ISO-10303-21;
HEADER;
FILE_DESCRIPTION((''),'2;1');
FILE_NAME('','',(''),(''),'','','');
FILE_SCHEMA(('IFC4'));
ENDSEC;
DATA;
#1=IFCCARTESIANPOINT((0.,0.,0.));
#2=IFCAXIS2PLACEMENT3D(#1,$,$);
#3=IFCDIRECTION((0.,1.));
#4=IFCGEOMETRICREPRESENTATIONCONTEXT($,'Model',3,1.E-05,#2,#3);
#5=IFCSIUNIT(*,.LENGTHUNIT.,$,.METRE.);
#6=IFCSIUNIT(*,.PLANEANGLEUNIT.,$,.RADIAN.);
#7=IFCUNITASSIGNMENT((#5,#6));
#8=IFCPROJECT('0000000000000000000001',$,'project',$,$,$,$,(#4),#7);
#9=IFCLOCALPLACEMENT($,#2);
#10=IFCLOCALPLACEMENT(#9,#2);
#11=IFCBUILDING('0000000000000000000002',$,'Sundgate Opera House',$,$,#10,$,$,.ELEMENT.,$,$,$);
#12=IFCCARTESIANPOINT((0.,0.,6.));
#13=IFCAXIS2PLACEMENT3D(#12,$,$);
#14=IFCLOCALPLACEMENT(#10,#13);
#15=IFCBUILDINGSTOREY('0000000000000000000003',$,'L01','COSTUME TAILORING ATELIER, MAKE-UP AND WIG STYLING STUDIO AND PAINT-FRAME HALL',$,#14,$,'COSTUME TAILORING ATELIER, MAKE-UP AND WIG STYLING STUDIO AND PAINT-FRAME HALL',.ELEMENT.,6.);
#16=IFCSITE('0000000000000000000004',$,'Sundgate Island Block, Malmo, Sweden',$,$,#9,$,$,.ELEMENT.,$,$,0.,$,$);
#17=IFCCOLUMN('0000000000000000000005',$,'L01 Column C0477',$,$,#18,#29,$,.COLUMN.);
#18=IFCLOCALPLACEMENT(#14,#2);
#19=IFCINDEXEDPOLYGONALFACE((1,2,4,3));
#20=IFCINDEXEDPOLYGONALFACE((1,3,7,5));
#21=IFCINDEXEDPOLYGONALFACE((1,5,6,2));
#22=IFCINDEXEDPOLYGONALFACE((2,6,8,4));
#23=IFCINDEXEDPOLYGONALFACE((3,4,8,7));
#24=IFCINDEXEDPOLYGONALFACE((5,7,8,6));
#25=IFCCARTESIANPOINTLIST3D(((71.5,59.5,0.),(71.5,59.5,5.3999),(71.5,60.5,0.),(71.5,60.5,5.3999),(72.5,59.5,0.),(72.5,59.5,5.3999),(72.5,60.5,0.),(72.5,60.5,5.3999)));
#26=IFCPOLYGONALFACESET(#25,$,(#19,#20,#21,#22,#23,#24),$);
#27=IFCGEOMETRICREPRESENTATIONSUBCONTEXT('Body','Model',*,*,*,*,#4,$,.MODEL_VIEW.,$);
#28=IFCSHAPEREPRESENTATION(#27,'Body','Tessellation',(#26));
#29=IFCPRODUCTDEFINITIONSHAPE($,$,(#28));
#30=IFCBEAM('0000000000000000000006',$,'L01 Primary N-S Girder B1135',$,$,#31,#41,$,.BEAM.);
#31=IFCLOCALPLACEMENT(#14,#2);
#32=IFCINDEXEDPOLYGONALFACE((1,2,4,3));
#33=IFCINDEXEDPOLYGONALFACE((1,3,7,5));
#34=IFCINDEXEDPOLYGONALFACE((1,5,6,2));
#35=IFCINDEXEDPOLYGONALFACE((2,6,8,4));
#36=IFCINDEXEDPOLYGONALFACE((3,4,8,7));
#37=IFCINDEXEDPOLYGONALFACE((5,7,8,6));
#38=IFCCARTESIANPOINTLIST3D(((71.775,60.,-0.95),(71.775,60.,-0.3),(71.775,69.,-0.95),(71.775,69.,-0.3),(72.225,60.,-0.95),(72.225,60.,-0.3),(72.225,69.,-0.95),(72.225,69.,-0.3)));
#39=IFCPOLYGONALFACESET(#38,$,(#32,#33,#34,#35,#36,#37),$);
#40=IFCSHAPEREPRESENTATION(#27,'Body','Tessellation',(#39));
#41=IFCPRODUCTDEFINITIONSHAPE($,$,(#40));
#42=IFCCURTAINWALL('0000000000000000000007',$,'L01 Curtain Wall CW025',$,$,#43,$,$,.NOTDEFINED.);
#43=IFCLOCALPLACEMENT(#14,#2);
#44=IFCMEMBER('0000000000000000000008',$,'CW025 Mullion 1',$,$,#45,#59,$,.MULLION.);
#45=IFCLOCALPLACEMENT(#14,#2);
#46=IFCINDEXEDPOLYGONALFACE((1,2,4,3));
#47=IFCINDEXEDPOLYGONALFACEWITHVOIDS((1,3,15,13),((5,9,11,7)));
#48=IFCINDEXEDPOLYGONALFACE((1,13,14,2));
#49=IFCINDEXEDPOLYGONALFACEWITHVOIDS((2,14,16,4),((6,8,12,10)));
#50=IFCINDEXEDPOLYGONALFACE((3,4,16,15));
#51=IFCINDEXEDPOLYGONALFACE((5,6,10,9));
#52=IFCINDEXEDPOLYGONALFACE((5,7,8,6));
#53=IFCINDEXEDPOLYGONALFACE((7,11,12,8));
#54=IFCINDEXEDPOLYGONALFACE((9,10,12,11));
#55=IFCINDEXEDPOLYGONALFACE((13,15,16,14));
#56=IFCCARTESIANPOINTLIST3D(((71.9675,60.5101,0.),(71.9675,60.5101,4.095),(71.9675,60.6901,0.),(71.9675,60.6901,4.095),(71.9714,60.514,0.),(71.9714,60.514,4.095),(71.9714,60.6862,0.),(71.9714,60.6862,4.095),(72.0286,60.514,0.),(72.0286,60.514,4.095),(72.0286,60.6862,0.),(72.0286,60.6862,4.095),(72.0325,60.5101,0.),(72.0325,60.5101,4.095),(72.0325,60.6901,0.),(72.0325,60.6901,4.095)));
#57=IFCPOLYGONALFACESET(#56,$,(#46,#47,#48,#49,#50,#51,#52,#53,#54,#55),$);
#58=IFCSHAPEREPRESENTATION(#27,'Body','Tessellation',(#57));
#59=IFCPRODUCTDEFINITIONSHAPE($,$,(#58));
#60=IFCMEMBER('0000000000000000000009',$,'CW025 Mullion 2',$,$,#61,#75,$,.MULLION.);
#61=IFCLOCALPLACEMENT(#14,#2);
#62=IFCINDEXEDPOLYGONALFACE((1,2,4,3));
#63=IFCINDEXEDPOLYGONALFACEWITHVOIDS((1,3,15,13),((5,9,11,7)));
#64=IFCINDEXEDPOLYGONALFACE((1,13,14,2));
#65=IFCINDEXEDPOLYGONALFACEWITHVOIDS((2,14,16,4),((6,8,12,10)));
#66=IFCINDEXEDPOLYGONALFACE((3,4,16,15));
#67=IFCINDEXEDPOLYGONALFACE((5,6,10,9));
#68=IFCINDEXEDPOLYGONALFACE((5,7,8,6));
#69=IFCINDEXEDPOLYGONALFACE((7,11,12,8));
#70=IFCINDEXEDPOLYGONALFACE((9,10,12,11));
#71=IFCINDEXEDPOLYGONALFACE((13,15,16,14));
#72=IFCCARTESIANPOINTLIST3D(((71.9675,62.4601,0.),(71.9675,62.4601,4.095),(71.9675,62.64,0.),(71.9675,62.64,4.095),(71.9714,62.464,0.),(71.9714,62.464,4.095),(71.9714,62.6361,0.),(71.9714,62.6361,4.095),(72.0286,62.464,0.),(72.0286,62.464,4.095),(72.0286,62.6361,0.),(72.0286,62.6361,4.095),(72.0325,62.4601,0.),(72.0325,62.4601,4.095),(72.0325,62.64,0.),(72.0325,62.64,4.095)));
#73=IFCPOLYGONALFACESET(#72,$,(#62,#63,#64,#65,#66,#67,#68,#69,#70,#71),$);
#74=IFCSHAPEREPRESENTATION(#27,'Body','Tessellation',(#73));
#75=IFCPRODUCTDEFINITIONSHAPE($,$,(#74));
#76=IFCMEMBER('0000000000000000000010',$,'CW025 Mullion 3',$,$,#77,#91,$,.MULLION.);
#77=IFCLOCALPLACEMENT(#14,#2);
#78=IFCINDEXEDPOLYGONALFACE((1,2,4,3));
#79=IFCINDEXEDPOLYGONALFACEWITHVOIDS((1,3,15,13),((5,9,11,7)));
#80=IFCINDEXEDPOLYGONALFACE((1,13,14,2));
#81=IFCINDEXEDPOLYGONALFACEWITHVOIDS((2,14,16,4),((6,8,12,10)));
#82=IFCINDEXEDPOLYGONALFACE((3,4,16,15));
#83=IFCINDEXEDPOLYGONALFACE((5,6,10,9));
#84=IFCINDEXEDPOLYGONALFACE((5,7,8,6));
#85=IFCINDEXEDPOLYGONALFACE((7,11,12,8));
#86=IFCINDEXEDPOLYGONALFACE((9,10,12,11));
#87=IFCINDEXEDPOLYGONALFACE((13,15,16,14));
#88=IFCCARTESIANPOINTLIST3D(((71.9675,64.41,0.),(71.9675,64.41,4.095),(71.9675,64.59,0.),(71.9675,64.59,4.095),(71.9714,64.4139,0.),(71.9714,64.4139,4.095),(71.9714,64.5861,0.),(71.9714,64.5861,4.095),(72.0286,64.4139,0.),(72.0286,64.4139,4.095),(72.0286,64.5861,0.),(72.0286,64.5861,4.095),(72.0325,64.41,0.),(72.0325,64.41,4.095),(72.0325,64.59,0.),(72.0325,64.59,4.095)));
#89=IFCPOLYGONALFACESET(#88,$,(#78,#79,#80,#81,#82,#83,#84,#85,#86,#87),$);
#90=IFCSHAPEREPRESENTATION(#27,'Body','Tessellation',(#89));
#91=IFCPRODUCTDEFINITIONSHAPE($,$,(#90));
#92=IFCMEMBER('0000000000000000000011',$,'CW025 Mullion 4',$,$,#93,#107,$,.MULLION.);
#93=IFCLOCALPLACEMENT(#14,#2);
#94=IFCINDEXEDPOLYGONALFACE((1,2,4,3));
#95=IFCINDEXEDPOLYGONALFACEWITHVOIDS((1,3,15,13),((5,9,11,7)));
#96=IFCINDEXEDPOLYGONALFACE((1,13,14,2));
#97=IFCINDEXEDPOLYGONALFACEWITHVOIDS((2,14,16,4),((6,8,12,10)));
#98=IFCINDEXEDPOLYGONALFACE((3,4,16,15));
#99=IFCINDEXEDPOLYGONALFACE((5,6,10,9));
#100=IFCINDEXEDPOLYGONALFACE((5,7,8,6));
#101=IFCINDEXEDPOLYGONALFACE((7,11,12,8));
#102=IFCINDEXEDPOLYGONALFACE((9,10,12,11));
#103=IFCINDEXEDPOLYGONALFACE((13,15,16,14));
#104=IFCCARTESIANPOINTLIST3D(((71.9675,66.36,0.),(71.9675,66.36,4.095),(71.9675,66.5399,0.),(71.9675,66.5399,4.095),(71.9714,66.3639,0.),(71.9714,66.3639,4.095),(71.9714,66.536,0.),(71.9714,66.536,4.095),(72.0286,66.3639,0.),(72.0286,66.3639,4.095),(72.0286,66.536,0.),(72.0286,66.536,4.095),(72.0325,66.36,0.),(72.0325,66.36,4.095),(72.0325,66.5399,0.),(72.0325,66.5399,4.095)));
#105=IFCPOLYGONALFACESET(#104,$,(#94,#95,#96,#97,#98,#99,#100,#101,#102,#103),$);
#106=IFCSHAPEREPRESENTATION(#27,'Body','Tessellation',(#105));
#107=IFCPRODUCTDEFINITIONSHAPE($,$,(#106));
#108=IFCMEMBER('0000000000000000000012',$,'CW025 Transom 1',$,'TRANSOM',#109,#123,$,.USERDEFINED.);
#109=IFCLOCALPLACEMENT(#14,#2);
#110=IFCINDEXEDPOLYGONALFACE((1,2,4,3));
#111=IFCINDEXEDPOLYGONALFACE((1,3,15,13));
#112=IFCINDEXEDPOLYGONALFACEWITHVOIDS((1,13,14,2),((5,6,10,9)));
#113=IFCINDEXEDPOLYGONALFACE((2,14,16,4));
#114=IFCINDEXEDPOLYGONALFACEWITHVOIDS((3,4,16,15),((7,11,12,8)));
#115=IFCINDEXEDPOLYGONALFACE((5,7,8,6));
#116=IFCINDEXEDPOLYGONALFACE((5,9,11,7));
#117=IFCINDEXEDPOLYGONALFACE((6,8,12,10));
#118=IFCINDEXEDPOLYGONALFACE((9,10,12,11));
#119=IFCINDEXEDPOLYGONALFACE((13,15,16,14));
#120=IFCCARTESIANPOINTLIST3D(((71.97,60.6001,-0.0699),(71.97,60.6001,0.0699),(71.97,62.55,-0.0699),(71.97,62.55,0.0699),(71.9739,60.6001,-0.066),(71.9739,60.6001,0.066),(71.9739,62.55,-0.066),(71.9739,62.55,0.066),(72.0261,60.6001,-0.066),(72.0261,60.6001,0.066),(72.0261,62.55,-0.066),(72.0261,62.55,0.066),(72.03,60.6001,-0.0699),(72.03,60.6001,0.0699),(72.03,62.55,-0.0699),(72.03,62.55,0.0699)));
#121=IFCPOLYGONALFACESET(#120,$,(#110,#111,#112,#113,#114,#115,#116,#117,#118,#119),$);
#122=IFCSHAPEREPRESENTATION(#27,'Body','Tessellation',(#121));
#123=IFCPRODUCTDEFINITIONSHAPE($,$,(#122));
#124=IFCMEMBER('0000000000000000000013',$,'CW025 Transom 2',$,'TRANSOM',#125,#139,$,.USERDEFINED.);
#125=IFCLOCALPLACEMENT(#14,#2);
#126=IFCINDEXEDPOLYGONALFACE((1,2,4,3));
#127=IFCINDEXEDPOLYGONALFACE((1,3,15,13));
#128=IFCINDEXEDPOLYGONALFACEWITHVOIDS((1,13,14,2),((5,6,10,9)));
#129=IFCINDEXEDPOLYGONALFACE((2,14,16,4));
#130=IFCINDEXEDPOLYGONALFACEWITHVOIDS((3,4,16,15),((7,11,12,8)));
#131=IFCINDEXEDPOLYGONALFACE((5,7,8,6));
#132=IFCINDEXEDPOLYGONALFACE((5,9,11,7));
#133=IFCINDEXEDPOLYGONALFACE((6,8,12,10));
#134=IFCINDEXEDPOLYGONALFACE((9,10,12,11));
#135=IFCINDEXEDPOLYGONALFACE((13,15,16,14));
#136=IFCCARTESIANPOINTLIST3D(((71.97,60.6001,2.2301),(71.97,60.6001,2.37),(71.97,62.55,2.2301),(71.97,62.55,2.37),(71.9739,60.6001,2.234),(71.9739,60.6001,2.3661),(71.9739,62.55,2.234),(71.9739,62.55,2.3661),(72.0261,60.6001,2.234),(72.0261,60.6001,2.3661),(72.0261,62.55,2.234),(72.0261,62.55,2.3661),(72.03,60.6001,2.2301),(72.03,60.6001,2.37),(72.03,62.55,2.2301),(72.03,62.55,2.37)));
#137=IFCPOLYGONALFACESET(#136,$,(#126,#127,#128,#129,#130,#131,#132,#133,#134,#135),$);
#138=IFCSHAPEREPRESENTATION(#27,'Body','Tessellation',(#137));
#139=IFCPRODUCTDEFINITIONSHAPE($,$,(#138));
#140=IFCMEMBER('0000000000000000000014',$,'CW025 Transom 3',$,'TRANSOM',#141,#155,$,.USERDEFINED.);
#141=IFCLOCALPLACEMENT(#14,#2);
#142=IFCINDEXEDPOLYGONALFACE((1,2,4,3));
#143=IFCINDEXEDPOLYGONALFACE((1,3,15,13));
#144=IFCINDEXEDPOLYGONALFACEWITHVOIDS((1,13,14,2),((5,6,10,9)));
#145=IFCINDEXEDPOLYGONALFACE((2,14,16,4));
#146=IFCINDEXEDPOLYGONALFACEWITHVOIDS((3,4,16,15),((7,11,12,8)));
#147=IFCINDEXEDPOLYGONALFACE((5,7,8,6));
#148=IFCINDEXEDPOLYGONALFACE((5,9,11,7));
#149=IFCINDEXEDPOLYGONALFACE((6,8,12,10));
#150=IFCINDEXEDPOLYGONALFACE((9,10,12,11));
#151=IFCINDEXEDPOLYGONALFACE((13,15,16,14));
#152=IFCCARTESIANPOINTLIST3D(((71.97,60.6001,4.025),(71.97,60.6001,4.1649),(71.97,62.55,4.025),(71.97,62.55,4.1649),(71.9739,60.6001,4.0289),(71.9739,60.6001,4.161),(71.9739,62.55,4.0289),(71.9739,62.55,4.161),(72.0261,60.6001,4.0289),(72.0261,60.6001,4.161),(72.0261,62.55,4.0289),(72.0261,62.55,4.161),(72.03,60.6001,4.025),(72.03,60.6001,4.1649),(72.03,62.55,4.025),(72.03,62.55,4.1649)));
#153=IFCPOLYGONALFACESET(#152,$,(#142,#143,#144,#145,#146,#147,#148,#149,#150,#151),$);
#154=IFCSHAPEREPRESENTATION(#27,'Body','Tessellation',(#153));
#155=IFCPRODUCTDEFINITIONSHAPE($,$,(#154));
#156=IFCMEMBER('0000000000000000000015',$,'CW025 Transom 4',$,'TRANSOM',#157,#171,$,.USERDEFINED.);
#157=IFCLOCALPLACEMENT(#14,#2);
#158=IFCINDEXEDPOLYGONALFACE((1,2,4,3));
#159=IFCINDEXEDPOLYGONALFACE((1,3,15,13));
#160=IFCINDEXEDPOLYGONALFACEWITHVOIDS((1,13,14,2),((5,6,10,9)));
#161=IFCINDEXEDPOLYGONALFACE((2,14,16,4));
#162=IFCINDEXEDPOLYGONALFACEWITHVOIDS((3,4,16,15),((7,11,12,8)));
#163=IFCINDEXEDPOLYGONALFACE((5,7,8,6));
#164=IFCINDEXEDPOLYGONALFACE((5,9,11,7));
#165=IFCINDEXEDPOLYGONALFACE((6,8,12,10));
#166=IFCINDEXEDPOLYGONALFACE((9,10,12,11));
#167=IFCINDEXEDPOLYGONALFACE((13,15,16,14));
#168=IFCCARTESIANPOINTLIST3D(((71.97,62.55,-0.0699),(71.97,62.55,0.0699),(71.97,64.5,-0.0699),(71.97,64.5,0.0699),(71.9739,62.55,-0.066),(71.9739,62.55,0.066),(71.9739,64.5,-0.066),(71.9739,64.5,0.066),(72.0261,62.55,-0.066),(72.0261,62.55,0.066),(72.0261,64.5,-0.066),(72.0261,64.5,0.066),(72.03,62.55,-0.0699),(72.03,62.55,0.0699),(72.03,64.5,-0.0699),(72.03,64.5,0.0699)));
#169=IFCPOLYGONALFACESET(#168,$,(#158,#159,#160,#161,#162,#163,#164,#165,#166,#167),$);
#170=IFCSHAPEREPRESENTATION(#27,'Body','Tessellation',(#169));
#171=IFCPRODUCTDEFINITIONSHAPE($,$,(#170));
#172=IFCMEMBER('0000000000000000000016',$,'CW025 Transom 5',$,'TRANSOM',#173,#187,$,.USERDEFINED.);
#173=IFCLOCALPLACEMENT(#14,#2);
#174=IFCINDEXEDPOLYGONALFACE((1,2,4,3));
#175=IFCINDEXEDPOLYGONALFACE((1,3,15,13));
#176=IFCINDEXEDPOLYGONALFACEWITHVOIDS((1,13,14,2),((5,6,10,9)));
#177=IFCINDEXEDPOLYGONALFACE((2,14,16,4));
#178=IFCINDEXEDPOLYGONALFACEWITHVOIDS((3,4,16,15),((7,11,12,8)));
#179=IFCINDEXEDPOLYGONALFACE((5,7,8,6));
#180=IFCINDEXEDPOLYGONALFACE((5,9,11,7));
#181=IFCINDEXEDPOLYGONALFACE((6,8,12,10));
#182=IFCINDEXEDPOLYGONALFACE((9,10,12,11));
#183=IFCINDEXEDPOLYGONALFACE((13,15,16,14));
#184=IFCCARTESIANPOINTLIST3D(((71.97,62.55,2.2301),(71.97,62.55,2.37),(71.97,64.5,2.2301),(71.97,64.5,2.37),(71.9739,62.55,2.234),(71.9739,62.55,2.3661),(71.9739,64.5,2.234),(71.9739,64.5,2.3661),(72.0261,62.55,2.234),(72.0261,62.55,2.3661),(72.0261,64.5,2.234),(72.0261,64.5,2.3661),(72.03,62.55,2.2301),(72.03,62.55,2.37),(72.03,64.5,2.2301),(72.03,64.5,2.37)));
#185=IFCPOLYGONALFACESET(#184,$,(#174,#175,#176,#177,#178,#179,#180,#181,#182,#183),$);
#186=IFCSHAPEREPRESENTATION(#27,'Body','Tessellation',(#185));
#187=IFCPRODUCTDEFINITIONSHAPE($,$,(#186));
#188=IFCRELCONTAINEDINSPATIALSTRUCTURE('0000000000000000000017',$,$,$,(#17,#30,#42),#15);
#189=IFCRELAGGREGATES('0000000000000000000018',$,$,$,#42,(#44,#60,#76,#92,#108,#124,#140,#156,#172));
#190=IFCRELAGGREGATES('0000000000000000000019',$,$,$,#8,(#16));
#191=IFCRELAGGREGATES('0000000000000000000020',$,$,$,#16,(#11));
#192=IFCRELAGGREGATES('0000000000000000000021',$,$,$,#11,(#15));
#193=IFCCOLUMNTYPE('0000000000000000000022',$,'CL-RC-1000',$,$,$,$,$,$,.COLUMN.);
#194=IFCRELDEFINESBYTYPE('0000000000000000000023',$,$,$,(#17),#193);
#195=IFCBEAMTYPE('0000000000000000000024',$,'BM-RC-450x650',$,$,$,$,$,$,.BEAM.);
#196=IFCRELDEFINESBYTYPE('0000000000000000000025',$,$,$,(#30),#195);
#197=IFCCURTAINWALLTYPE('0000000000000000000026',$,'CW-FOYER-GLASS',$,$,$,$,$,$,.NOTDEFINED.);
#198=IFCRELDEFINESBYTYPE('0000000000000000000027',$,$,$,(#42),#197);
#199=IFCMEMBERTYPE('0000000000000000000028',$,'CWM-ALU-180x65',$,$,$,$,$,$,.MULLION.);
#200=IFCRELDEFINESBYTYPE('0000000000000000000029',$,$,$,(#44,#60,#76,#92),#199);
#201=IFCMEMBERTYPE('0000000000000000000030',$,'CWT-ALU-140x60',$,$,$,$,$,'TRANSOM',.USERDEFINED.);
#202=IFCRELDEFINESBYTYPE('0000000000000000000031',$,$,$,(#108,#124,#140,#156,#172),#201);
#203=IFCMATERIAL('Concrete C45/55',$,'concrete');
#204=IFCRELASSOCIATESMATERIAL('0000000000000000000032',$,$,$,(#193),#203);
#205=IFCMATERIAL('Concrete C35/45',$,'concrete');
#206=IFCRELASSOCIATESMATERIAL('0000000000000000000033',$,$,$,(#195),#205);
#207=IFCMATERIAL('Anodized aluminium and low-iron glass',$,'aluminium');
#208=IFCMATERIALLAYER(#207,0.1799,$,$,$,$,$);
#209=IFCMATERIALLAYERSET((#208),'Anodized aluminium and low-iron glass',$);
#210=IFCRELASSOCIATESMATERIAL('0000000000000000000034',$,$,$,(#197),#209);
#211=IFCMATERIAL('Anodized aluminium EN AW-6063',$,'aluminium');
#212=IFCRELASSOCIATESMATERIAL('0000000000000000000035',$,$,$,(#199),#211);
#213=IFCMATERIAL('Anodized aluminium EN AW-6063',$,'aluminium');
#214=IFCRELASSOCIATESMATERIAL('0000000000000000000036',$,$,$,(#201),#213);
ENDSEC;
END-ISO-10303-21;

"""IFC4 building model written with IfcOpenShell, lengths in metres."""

from ifc_helpers import new_model, si_unit, direction, frame, origin, origin_2d, place, context, subcontext, project, spatial, rectangle, hollow_rectangle, extrude, material, layer, layer_set, material_profile, profile_set, type_object, element, aggregate, save


model = new_model("IFC4")

# Units and contexts
model_context = context("Model", 3, precision=1e-05, world=origin(), true_north=direction((0.0, 1.0)))
body_context = subcontext(model_context, "Body", "Model", "MODEL_VIEW")
ifc_project = project(units=[si_unit("LENGTHUNIT", "METRE"), si_unit("PLANEANGLEUNIT", "RADIAN")], contexts=[model_context])

# Site, building, storey
site_placement = place(None, origin())
site = spatial("IfcSite", under=ifc_project, at=site_placement, Name="Sundgate Island Block, Malmo, Sweden", CompositionType="ELEMENT", RefElevation=0.0)
building_placement = place(site_placement, origin())
building = spatial("IfcBuilding", under=site, at=building_placement, Name="Sundgate Opera House", CompositionType="ELEMENT")
storey_placement = place(building_placement, frame((0.0, 0.0, 6.0)))
storey = spatial("IfcBuildingStorey", under=building, at=storey_placement, Name="L01", Description="COSTUME TAILORING ATELIER, MAKE-UP AND WIG STYLING STUDIO AND PAINT-FRAME HALL", LongName="COSTUME TAILORING ATELIER, MAKE-UP AND WIG STYLING STUDIO AND PAINT-FRAME HALL", CompositionType="ELEMENT", Elevation=6.0)

# Column
ifc_material_1 = material(Name="Concrete C45/55", Category="concrete")
ifc_material_profile_1 = material_profile(ifc_material_1, rectangle(XDim=1.0, YDim=1.0, at=origin_2d()), Name="RC 1000x1000")
ifc_profile_set_1 = profile_set([ifc_material_profile_1], Name="Concrete C45/55")
column_type = type_object("IfcColumnType", Name="CL-RC-1000", PredefinedType="COLUMN", material=ifc_profile_set_1)
column_placement = place(storey_placement, frame((72.0, 60.0, 0.0), z_axis=(0.0, 0.0, 1.0), x_axis=(1.0, 0.0, 0.0)))
element("IfcColumn", 1, at=column_placement, inside=storey, type_object=column_type, Name="L01 Column C0477", PredefinedType="COLUMN", context=body_context, shape_type="SweptSolid", body=[
    extrude(rectangle(XDim=1.0, YDim=1.0, at=origin_2d()), origin(), (0.0, 0.0, 1.0), 5.3999),
])

# Beam
ifc_material_2 = material(Name="Concrete C35/45", Category="concrete")
ifc_material_profile_2 = material_profile(ifc_material_2, rectangle(XDim=0.45, YDim=0.6499, at=origin_2d()), Name="RC 450x650")
ifc_profile_set_2 = profile_set([ifc_material_profile_2], Name="Concrete C35/45")
beam_type = type_object("IfcBeamType", Name="BM-RC-450x650", PredefinedType="BEAM", material=ifc_profile_set_2)
beam_placement = place(storey_placement, frame((72.0, 60.0, -0.625), z_axis=(0.0, 1.0, 0.0), x_axis=(-1.0, 0.0, 0.0)))
element("IfcBeam", 2, at=beam_placement, inside=storey, type_object=beam_type, Name="L01 Primary N-S Girder B1135", PredefinedType="BEAM", context=body_context, shape_type="SweptSolid", body=[
    extrude(rectangle(XDim=0.45, YDim=0.6499, at=origin_2d()), origin(), (0.0, 0.0, 1.0), 9.0),
])

# Curtain wall, members
ifc_material_3 = material(Name="Anodized aluminium and low-iron glass", Category="aluminium")
ifc_layer_1 = layer(ifc_material_3, 0.1799)
ifc_layer_set_1 = layer_set([ifc_layer_1], Name="Anodized aluminium and low-iron glass")
curtain_wall_type = type_object("IfcCurtainWallType", Name="CW-FOYER-GLASS", PredefinedType="NOTDEFINED", material=ifc_layer_set_1)
curtain_wall_placement = place(storey_placement, origin())
curtain_wall = element("IfcCurtainWall", 3, at=curtain_wall_placement, inside=storey, type_object=curtain_wall_type, Name="L01 Curtain Wall CW025", PredefinedType="NOTDEFINED")
ifc_material_4 = material(Name="Anodized aluminium EN AW-6063", Category="aluminium")
ifc_material_profile_3 = material_profile(ifc_material_4, hollow_rectangle(XDim=0.0649, YDim=0.1799, WallThickness=0.0039, at=origin_2d()), Name="CWM 180x65x4")
ifc_profile_set_3 = profile_set([ifc_material_profile_3], Name="Anodized aluminium EN AW-6063")
member_type_1 = type_object("IfcMemberType", Name="CWM-ALU-180x65", PredefinedType="MULLION", material=ifc_profile_set_3)
member_1_placement = place(storey_placement, frame((72.0, 60.6001, 0.0), z_axis=(0.0, 0.0, 1.0), x_axis=(1.0, 0.0, 0.0)))
member_1 = element("IfcMember", 4, at=member_1_placement, type_object=member_type_1, Name="CW025 Mullion 1", PredefinedType="MULLION", context=body_context, shape_type="SweptSolid", body=[
    extrude(hollow_rectangle(XDim=0.0649, YDim=0.1799, WallThickness=0.0039, at=origin_2d()), origin(), (0.0, 0.0, 1.0), 4.095),
])
member_2_placement = place(storey_placement, frame((72.0, 62.55, 0.0), z_axis=(0.0, 0.0, 1.0), x_axis=(1.0, 0.0, 0.0)))
member_2 = element("IfcMember", 5, at=member_2_placement, type_object=member_type_1, Name="CW025 Mullion 2", PredefinedType="MULLION", context=body_context, shape_type="SweptSolid", body=[
    extrude(hollow_rectangle(XDim=0.0649, YDim=0.1799, WallThickness=0.0039, at=origin_2d()), origin(), (0.0, 0.0, 1.0), 4.095),
])
member_3_placement = place(storey_placement, frame((72.0, 64.5, 0.0), z_axis=(0.0, 0.0, 1.0), x_axis=(1.0, 0.0, 0.0)))
member_3 = element("IfcMember", 6, at=member_3_placement, type_object=member_type_1, Name="CW025 Mullion 3", PredefinedType="MULLION", context=body_context, shape_type="SweptSolid", body=[
    extrude(hollow_rectangle(XDim=0.0649, YDim=0.1799, WallThickness=0.0039, at=origin_2d()), origin(), (0.0, 0.0, 1.0), 4.095),
])
member_4_placement = place(storey_placement, frame((72.0, 66.45, 0.0), z_axis=(0.0, 0.0, 1.0), x_axis=(1.0, 0.0, 0.0)))
member_4 = element("IfcMember", 7, at=member_4_placement, type_object=member_type_1, Name="CW025 Mullion 4", PredefinedType="MULLION", context=body_context, shape_type="SweptSolid", body=[
    extrude(hollow_rectangle(XDim=0.0649, YDim=0.1799, WallThickness=0.0039, at=origin_2d()), origin(), (0.0, 0.0, 1.0), 4.095),
])
ifc_material_5 = material(Name="Anodized aluminium EN AW-6063", Category="aluminium")
ifc_material_profile_4 = material_profile(ifc_material_5, hollow_rectangle(XDim=0.0601, YDim=0.1399, WallThickness=0.0039, at=origin_2d()), Name="CWT 140x60x4")
ifc_profile_set_4 = profile_set([ifc_material_profile_4], Name="Anodized aluminium EN AW-6063")
member_type_2 = type_object("IfcMemberType", Name="CWT-ALU-140x60", ElementType="TRANSOM", PredefinedType="USERDEFINED", material=ifc_profile_set_4)
member_5_placement = place(storey_placement, frame((72.0, 60.6001, 0.0), z_axis=(0.0, 1.0, 0.0), x_axis=(-1.0, 0.0, 0.0)))
member_5 = element("IfcMember", 8, at=member_5_placement, type_object=member_type_2, Name="CW025 Transom 1", ObjectType="TRANSOM", PredefinedType="USERDEFINED", context=body_context, shape_type="SweptSolid", body=[
    extrude(hollow_rectangle(XDim=0.0601, YDim=0.1399, WallThickness=0.0039, at=origin_2d()), origin(), (0.0, 0.0, 1.0), 1.95),
])
member_6_placement = place(storey_placement, frame((72.0, 60.6001, 2.3), z_axis=(0.0, 1.0, 0.0), x_axis=(-1.0, 0.0, 0.0)))
member_6 = element("IfcMember", 9, at=member_6_placement, type_object=member_type_2, Name="CW025 Transom 2", ObjectType="TRANSOM", PredefinedType="USERDEFINED", context=body_context, shape_type="SweptSolid", body=[
    extrude(hollow_rectangle(XDim=0.0601, YDim=0.1399, WallThickness=0.0039, at=origin_2d()), origin(), (0.0, 0.0, 1.0), 1.95),
])
member_7_placement = place(storey_placement, frame((72.0, 60.6001, 4.095), z_axis=(0.0, 1.0, 0.0), x_axis=(-1.0, 0.0, 0.0)))
member_7 = element("IfcMember", 10, at=member_7_placement, type_object=member_type_2, Name="CW025 Transom 3", ObjectType="TRANSOM", PredefinedType="USERDEFINED", context=body_context, shape_type="SweptSolid", body=[
    extrude(hollow_rectangle(XDim=0.0601, YDim=0.1399, WallThickness=0.0039, at=origin_2d()), origin(), (0.0, 0.0, 1.0), 1.95),
])
member_8_placement = place(storey_placement, frame((72.0, 62.55, 0.0), z_axis=(0.0, 1.0, 0.0), x_axis=(-1.0, 0.0, 0.0)))
member_8 = element("IfcMember", 11, at=member_8_placement, type_object=member_type_2, Name="CW025 Transom 4", ObjectType="TRANSOM", PredefinedType="USERDEFINED", context=body_context, shape_type="SweptSolid", body=[
    extrude(hollow_rectangle(XDim=0.0601, YDim=0.1399, WallThickness=0.0039, at=origin_2d()), origin(), (0.0, 0.0, 1.0), 1.95),
])
member_9_placement = place(storey_placement, frame((72.0, 62.55, 2.3), z_axis=(0.0, 1.0, 0.0), x_axis=(-1.0, 0.0, 0.0)))
member_9 = element("IfcMember", 12, at=member_9_placement, type_object=member_type_2, Name="CW025 Transom 5", ObjectType="TRANSOM", PredefinedType="USERDEFINED", context=body_context, shape_type="SweptSolid", body=[
    extrude(hollow_rectangle(XDim=0.0601, YDim=0.1399, WallThickness=0.0039, at=origin_2d()), origin(), (0.0, 0.0, 1.0), 1.95),
])
aggregate(curtain_wall, [member_1, member_2, member_3, member_4, member_5, member_6, member_7, member_8, member_9])

save(model, "model.ifc")
